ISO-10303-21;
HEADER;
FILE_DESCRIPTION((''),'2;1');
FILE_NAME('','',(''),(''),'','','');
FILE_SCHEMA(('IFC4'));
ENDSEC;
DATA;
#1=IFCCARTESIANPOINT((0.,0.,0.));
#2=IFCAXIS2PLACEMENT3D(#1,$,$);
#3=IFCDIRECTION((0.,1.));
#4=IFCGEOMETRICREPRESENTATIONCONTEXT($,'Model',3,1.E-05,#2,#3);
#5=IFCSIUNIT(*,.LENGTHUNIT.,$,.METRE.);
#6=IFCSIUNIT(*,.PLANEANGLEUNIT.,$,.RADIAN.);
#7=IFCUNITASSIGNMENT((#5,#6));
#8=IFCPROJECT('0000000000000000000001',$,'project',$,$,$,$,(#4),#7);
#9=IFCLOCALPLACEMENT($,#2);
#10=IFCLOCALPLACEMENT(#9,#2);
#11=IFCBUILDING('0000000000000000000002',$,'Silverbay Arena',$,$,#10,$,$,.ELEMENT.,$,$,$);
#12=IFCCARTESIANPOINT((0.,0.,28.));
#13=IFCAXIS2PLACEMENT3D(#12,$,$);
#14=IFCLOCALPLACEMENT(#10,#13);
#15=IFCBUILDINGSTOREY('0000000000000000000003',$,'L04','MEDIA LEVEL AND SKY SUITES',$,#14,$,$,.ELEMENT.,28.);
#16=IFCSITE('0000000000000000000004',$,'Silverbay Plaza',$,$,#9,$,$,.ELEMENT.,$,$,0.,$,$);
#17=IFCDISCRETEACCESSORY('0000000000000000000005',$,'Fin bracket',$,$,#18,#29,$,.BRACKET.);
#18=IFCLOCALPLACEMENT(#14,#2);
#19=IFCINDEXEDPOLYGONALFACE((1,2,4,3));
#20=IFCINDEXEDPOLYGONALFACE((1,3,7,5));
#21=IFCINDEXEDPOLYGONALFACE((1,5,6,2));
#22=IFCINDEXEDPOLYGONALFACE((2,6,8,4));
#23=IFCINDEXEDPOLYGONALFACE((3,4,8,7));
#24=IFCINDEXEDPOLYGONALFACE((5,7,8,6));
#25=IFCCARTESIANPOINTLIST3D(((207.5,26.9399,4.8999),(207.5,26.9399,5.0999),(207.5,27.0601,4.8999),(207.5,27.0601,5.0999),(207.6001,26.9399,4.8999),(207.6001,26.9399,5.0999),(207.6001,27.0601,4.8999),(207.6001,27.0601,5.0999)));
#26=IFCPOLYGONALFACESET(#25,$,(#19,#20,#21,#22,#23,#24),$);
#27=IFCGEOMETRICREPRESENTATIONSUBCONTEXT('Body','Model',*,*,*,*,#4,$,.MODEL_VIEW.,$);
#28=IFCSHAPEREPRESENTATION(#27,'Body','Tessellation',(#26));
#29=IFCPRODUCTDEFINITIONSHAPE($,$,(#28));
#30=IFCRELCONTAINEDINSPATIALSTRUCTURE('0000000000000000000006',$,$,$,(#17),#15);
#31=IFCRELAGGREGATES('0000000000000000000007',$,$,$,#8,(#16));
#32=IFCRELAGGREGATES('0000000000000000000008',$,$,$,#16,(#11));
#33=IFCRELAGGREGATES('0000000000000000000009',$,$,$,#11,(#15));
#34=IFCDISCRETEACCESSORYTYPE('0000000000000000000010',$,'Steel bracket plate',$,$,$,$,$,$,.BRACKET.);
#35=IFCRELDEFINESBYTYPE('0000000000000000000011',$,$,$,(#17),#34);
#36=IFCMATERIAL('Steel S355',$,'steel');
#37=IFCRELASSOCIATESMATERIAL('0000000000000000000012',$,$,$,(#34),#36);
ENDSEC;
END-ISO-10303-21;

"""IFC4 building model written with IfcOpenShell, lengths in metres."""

from ifc_helpers import new_model, si_unit, direction, frame, origin, origin_2d, place, context, subcontext, project, spatial, rectangle, extrude, material, type_object, element, save


model = new_model("IFC4")

# Units and contexts
model_context = context("Model", 3, precision=1e-05, world=origin(), true_north=direction((0.0, 1.0)))
body_context = subcontext(model_context, "Body", "Model", "MODEL_VIEW")
ifc_project = project(units=[si_unit("LENGTHUNIT", "METRE"), si_unit("PLANEANGLEUNIT", "RADIAN")], contexts=[model_context])

# Site, building, storey
site_placement = place(None, origin())
site = spatial("IfcSite", under=ifc_project, at=site_placement, Name="Silverbay Plaza", CompositionType="ELEMENT", RefElevation=0.0)
building_placement = place(site_placement, origin())
building = spatial("IfcBuilding", under=site, at=building_placement, Name="Silverbay Arena", CompositionType="ELEMENT")
storey_placement = place(building_placement, frame((0.0, 0.0, 28.0)))
storey = spatial("IfcBuildingStorey", under=building, at=storey_placement, Name="L04", Description="MEDIA LEVEL AND SKY SUITES", CompositionType="ELEMENT", Elevation=28.0)

# Discrete accessory
ifc_material_1 = material(Name="Steel S355", Category="steel")
discrete_accessory_type = type_object("IfcDiscreteAccessoryType", Name="Steel bracket plate", PredefinedType="BRACKET", material=ifc_material_1)
for number, where, z_axis, x_axis, name in (
    (1, (207.55, 27.0, 4.8999), (0.0, 0.0, 1.0), (1.0, 0.0, 0.0), "Fin bracket"),
):
    element("IfcDiscreteAccessory", number, at=place(storey_placement, frame(where, z_axis=z_axis, x_axis=x_axis)), inside=storey, type_object=discrete_accessory_type, Name=name, PredefinedType="BRACKET", context=body_context, shape_type="SweptSolid", body=[
        extrude(rectangle(XDim=0.1001, YDim=0.1201, at=origin_2d()), origin(), (0.0, 0.0, 1.0), 0.2),
    ])

save(model, "model.ifc")
